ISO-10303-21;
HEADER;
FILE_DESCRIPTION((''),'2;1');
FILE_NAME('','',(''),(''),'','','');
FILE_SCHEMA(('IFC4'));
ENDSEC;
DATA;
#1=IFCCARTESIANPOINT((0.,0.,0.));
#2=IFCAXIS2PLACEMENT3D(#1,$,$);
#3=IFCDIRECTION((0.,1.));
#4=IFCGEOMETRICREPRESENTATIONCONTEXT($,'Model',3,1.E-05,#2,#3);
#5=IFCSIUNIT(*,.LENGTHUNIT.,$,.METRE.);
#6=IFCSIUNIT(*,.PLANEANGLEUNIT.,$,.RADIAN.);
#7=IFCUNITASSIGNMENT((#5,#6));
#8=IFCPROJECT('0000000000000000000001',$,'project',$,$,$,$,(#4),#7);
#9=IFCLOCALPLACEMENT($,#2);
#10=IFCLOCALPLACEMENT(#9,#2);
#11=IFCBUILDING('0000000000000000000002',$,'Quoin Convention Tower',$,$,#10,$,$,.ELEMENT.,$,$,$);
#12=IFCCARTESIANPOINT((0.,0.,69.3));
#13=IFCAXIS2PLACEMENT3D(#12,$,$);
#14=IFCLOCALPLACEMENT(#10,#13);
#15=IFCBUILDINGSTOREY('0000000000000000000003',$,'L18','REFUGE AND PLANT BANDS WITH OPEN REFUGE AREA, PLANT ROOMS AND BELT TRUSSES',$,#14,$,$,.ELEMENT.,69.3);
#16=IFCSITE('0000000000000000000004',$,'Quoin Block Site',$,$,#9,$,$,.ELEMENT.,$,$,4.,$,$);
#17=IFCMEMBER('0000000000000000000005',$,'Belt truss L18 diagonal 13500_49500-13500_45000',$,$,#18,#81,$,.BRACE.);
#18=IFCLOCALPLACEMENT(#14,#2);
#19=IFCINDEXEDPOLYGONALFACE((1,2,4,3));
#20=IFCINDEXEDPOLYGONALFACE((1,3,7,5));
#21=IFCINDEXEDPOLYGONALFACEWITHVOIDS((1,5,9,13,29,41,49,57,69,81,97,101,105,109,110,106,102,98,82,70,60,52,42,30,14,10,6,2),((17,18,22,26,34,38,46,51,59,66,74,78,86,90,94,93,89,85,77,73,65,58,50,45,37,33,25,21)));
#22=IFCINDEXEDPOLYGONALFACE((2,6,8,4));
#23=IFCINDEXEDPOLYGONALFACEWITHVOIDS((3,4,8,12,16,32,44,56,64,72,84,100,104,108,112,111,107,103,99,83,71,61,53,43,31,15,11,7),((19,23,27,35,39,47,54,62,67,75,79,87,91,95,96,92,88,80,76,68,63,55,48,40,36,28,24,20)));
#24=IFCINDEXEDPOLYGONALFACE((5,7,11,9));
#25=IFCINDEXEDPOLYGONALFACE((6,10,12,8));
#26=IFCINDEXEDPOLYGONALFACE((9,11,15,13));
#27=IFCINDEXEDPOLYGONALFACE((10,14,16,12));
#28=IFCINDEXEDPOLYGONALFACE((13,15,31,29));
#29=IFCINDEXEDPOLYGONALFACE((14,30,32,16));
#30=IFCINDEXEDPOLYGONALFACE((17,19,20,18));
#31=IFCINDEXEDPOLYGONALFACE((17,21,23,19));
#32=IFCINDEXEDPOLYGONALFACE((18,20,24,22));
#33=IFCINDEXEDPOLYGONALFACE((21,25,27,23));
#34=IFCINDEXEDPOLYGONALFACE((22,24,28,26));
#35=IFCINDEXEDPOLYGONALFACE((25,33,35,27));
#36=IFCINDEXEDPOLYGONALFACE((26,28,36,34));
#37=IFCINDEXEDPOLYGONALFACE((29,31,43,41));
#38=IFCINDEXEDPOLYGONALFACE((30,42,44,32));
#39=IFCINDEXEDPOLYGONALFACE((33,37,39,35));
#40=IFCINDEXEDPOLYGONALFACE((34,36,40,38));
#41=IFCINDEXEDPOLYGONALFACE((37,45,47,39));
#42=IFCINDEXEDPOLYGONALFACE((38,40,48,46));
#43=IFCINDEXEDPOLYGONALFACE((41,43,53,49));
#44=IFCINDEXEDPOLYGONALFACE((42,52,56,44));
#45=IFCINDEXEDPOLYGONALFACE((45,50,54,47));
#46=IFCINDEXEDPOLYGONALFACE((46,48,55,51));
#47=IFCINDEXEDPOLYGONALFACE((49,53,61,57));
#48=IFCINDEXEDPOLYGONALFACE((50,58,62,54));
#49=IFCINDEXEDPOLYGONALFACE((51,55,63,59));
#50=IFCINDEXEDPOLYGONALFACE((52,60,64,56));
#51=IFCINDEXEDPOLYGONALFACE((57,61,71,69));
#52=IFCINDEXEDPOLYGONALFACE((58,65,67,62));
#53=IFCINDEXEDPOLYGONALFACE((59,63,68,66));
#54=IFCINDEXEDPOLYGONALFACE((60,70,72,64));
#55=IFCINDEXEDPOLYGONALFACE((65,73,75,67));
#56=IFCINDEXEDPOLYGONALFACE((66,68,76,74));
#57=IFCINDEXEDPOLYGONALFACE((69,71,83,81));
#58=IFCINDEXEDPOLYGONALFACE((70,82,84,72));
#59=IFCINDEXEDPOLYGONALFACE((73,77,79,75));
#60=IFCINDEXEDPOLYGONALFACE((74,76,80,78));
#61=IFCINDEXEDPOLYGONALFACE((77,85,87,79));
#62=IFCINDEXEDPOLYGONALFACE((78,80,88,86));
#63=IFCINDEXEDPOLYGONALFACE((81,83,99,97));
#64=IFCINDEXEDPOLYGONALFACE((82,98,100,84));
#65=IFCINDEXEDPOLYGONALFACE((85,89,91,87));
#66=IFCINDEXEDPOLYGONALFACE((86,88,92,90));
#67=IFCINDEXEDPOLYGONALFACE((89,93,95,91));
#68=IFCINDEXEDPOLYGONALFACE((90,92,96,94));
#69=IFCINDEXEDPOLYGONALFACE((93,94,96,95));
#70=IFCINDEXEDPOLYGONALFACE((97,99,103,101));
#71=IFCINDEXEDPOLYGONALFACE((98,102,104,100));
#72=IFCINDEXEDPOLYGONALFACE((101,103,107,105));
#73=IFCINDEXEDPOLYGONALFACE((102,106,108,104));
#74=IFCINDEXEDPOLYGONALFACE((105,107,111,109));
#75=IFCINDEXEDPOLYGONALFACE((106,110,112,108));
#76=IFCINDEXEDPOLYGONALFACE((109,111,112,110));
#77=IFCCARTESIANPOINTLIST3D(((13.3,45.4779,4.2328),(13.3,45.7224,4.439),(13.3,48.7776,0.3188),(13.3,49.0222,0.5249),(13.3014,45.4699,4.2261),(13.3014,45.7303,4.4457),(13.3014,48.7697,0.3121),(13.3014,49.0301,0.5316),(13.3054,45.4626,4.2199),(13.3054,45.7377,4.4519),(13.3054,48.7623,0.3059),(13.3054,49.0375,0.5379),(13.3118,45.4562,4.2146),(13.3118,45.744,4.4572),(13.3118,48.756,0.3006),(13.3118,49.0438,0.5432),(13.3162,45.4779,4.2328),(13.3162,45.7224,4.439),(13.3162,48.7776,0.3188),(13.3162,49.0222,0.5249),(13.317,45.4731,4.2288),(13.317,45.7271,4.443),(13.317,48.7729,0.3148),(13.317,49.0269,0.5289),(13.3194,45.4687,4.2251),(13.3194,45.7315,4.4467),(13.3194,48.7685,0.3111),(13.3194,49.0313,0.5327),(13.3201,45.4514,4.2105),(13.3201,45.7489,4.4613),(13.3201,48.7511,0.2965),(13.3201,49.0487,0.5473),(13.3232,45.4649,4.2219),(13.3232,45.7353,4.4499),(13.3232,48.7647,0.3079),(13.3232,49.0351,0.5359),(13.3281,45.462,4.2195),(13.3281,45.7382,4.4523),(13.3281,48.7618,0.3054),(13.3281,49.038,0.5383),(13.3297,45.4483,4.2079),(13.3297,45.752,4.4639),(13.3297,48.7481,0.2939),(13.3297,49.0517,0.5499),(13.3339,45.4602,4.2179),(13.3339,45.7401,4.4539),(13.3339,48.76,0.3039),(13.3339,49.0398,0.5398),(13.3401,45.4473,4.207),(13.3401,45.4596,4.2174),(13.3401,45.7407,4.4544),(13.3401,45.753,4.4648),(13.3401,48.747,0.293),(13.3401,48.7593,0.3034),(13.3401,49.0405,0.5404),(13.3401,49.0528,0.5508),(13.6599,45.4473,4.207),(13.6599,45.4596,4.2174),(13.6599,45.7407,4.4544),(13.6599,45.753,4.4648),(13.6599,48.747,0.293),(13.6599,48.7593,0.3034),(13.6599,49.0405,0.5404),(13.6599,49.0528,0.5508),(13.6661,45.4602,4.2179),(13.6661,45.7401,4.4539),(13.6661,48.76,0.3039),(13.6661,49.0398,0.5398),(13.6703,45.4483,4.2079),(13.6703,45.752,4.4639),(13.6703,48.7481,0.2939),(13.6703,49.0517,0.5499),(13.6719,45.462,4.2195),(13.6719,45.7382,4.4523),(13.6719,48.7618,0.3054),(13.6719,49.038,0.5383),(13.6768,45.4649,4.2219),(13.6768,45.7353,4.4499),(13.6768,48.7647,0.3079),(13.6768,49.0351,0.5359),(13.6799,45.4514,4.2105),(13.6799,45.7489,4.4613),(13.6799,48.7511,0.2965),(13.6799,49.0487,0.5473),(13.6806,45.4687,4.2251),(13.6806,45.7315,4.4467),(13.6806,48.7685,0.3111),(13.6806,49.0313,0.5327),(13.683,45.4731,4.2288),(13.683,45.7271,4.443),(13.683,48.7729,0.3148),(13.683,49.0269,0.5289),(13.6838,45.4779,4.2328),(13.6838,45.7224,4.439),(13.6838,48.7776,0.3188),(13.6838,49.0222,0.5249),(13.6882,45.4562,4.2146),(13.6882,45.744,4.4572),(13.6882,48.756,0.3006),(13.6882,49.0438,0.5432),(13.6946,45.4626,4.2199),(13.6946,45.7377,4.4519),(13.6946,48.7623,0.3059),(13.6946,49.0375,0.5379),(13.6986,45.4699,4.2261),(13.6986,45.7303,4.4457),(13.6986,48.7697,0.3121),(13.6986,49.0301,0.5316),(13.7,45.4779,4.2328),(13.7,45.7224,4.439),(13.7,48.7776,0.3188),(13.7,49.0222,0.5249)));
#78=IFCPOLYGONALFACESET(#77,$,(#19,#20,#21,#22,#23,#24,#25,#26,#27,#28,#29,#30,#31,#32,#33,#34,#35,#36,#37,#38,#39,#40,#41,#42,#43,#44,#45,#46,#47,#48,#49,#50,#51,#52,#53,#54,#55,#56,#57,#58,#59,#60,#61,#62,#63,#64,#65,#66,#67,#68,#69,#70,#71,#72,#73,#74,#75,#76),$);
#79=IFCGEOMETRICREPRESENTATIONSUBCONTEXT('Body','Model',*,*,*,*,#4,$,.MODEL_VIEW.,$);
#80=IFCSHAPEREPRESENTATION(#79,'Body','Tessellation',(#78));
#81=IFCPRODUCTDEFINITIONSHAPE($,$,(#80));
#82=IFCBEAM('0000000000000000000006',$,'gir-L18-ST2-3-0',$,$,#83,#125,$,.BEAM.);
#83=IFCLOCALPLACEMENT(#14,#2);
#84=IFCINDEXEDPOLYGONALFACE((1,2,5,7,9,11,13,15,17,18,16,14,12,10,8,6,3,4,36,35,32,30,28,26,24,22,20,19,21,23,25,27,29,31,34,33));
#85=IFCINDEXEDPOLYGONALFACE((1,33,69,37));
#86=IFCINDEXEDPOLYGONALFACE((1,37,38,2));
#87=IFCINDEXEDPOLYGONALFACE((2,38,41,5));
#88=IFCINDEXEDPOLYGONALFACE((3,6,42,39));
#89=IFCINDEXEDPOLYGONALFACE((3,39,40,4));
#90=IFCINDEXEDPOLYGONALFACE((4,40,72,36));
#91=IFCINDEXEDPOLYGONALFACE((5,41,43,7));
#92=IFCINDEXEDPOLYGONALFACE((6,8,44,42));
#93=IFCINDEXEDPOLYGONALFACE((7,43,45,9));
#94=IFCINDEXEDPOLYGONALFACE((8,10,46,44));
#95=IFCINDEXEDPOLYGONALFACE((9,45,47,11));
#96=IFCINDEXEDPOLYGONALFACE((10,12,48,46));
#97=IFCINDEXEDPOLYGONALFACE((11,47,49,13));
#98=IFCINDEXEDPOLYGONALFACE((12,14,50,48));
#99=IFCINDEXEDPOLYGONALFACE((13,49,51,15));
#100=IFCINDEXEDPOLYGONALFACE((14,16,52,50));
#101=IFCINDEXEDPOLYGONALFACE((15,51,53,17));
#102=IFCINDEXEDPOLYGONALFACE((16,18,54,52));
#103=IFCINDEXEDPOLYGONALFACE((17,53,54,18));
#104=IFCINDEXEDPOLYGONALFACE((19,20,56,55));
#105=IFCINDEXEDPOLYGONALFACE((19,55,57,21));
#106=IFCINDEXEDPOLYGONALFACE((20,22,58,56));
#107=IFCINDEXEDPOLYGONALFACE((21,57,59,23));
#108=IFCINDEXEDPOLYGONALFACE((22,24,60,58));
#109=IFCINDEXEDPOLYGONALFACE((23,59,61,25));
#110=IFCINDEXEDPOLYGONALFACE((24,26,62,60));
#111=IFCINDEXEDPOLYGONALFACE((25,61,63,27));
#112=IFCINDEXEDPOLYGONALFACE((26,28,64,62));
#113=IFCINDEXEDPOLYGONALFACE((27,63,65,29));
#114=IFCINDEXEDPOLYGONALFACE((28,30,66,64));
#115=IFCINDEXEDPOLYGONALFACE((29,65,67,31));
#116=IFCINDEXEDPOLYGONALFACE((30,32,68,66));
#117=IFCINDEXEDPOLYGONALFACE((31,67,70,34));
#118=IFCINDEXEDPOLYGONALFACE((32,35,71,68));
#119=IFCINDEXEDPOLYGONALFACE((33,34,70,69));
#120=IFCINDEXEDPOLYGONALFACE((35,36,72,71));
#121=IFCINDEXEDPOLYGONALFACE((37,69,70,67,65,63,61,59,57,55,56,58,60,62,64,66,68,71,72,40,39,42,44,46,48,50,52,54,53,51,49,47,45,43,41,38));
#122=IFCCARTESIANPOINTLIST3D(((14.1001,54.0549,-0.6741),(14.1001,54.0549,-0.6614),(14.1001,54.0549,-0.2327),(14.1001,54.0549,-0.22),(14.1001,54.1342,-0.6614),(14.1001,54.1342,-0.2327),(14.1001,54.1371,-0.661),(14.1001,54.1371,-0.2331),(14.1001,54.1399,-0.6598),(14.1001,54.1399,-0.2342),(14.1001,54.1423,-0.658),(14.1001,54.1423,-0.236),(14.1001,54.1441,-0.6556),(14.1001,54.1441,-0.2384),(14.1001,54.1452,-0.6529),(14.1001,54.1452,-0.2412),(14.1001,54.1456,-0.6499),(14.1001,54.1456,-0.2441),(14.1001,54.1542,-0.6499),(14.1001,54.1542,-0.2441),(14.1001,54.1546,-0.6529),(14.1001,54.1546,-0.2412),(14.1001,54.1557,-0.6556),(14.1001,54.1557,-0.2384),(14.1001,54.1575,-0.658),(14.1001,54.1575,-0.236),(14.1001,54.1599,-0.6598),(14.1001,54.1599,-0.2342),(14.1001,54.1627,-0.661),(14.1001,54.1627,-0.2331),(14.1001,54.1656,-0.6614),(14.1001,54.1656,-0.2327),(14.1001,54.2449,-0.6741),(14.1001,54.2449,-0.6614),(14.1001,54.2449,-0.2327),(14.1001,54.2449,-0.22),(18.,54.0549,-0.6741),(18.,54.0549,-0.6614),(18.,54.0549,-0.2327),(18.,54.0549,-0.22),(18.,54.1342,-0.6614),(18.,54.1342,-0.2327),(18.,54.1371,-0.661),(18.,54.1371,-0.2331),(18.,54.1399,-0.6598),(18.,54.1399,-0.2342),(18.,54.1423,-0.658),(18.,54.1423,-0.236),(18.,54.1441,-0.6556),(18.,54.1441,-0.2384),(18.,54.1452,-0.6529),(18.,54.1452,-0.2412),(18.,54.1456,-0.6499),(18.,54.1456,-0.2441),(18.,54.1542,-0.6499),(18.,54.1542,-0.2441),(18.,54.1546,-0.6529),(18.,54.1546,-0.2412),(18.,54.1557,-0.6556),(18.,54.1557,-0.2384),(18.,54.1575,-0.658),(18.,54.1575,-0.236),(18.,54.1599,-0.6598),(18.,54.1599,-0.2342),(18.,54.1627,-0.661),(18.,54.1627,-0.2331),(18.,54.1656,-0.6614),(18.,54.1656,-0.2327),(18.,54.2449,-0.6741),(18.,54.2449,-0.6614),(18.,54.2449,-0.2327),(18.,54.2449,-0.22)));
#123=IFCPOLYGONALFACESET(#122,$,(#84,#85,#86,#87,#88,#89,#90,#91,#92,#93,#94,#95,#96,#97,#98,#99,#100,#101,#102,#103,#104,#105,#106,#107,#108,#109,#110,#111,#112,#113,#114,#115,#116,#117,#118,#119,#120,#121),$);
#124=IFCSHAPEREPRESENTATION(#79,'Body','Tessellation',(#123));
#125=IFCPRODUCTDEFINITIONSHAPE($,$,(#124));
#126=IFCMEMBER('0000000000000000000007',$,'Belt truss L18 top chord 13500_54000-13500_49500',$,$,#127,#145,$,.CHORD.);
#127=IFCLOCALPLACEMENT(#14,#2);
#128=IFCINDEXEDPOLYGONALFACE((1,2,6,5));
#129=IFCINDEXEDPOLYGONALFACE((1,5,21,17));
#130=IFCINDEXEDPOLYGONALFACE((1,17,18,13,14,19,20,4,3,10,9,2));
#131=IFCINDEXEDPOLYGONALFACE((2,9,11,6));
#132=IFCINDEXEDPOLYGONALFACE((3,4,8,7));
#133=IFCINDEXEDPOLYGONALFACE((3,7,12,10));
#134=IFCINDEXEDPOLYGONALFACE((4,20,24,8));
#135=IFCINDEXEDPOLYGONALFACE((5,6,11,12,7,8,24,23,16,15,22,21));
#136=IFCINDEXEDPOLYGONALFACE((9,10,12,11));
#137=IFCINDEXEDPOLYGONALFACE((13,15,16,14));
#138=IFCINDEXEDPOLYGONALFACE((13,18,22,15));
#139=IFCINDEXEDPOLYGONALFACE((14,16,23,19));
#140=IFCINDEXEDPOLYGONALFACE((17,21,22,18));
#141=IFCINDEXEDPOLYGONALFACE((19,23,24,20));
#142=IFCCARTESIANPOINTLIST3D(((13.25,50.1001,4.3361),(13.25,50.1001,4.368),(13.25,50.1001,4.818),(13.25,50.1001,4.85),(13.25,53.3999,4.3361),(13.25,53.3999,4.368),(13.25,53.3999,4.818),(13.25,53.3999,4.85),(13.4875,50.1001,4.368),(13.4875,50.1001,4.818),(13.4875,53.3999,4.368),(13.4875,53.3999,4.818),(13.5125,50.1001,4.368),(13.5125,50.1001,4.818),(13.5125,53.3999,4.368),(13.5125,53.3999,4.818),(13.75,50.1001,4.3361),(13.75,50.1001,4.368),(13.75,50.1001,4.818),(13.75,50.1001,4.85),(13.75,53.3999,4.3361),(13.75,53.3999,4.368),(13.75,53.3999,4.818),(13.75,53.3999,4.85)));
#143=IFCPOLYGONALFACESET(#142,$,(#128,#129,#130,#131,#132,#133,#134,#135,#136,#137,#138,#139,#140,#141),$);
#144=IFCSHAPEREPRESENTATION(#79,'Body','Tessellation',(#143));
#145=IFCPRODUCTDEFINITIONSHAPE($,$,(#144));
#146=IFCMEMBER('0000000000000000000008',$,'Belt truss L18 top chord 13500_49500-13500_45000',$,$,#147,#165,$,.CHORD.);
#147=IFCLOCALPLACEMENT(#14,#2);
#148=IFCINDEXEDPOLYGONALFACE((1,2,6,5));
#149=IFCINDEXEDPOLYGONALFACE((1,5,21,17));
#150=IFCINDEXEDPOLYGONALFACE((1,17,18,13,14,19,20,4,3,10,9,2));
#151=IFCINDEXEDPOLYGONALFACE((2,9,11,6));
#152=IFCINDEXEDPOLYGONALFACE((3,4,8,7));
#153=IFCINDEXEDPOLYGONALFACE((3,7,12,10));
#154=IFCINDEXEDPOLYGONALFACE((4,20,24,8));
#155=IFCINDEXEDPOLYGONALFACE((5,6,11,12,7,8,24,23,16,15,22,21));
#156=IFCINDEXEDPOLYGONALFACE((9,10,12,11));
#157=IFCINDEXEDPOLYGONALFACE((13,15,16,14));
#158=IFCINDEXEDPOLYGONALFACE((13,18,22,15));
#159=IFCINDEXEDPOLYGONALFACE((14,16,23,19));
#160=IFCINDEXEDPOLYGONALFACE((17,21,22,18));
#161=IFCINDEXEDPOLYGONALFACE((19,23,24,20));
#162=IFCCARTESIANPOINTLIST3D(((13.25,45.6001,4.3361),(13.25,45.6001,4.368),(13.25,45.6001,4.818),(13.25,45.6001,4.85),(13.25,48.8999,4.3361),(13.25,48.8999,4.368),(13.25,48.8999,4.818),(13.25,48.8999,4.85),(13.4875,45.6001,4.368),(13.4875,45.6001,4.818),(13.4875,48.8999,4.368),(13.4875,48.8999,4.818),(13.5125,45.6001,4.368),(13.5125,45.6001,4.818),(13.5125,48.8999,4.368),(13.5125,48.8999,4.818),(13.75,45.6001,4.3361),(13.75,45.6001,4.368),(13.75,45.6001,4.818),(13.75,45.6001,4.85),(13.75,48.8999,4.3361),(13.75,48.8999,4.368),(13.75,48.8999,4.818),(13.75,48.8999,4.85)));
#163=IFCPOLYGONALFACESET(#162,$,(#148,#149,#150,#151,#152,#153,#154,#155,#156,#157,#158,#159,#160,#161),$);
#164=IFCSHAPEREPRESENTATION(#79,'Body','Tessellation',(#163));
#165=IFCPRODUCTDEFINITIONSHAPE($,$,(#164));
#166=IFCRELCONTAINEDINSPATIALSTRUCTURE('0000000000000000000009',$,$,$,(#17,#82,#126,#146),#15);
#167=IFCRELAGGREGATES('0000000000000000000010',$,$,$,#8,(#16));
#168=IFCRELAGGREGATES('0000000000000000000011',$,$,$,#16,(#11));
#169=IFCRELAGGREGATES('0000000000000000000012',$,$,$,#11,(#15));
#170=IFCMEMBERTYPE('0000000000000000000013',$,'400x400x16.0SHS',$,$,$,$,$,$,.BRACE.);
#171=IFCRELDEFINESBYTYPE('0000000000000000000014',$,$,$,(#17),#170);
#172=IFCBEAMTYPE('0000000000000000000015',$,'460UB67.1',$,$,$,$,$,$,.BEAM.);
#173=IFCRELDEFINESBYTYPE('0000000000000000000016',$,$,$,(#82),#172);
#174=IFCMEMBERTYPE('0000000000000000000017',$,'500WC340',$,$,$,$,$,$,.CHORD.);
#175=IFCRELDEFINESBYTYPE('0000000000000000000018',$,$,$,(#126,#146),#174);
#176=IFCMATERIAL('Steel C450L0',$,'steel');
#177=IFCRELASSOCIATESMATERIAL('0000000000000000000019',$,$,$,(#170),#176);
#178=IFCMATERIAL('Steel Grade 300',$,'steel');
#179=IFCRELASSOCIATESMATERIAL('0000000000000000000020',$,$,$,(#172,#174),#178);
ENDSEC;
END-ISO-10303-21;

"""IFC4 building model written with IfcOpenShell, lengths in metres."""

from ifc_helpers import new_model, si_unit, direction, frame, origin, origin_2d, place, context, subcontext, project, spatial, hollow_rectangle, i_section, extrude, material, material_profile, profile_set, type_object, element, save


model = new_model("IFC4")

# Units and contexts
model_context = context("Model", 3, precision=1e-05, world=origin(), true_north=direction((0.0, 1.0)))
body_context = subcontext(model_context, "Body", "Model", "MODEL_VIEW")
ifc_project = project(units=[si_unit("LENGTHUNIT", "METRE"), si_unit("PLANEANGLEUNIT", "RADIAN")], contexts=[model_context])

# Site, building, storey
site_placement = place(None, origin())
site = spatial("IfcSite", under=ifc_project, at=site_placement, Name="Quoin Block Site", CompositionType="ELEMENT", RefElevation=4.0)
building_placement = place(site_placement, origin())
building = spatial("IfcBuilding", under=site, at=building_placement, Name="Quoin Convention Tower", CompositionType="ELEMENT")
storey_placement = place(building_placement, frame((0.0, 0.0, 69.3)))
storey = spatial("IfcBuildingStorey", under=building, at=storey_placement, Name="L18", Description="REFUGE AND PLANT BANDS WITH OPEN REFUGE AREA, PLANT ROOMS AND BELT TRUSSES", CompositionType="ELEMENT", Elevation=69.3)

# Member
ifc_material_1 = material(Name="Steel Grade 300", Category="steel")
ifc_material_2 = material(Name="Steel C450L0", Category="steel")
ifc_material_profile_1 = material_profile(ifc_material_2, hollow_rectangle(XDim=0.3999, YDim=0.3999, WallThickness=0.0161, InnerFilletRadius=0.0239, OuterFilletRadius=0.04, at=origin_2d()), Name="400x400x16.0SHS")
ifc_profile_set_1 = profile_set([ifc_material_profile_1], Name="Steel C450L0")
member_type_1 = type_object("IfcMemberType", Name="400x400x16.0SHS", PredefinedType="BRACE", material=ifc_profile_set_1)
for number, where, z_axis, x_axis, name in (
    (1, (13.5, 48.8999, 0.4219), (0.0, -0.644564, 0.76455), (1.0, 0.0, 0.0), "Belt truss L18 diagonal 13500_49500-13500_45000"),
):
    element("IfcMember", number, at=place(storey_placement, frame(where, z_axis=z_axis, x_axis=x_axis)), inside=storey, type_object=member_type_1, Name=name, PredefinedType="BRACE", context=body_context, shape_type="SweptSolid", body=[
        extrude(hollow_rectangle(XDim=0.3999, YDim=0.3999, WallThickness=0.0161, InnerFilletRadius=0.0239, OuterFilletRadius=0.04, at=origin_2d()), origin(), (0.0, 0.0, 1.0), 5.1194),
    ])

# Beam
ifc_material_profile_2 = material_profile(ifc_material_1, i_section(OverallWidth=0.1899, OverallDepth=0.4541, WebThickness=0.0085, FlangeThickness=0.0127, FilletRadius=0.0115, at=origin_2d()), Name="460UB67.1")
ifc_profile_set_2 = profile_set([ifc_material_profile_2], Name="Steel Grade 300")
beam_type_1 = type_object("IfcBeamType", Name="460UB67.1", PredefinedType="BEAM", material=ifc_profile_set_2)
beam_1_placement = place(storey_placement, frame((14.1001, 54.1499, -0.447), z_axis=(1.0, 0.0, 0.0), x_axis=(0.0, 1.0, 0.0)))
element("IfcBeam", 2, at=beam_1_placement, inside=storey, type_object=beam_type_1, Name="gir-L18-ST2-3-0", PredefinedType="BEAM", context=body_context, shape_type="SweptSolid", body=[
    extrude(i_section(OverallWidth=0.1899, OverallDepth=0.4541, WebThickness=0.0085, FlangeThickness=0.0127, FilletRadius=0.0115, at=origin_2d()), origin(), (0.0, 0.0, 1.0), 3.8999),
])

# Members
ifc_material_profile_3 = material_profile(ifc_material_1, i_section(OverallWidth=0.5, OverallDepth=0.5139, WebThickness=0.0249, FlangeThickness=0.032, at=origin_2d()), Name="500WC340")
ifc_profile_set_3 = profile_set([ifc_material_profile_3], Name="Steel Grade 300")
member_type_2 = type_object("IfcMemberType", Name="500WC340", PredefinedType="CHORD", material=ifc_profile_set_3)
for number, where, z_axis, x_axis, name in (
    (3, (13.5, 53.3999, 4.593), (0.0, -1.0, 0.0), (1.0, 0.0, 0.0), "Belt truss L18 top chord 13500_54000-13500_49500"),
    (4, (13.5, 48.8999, 4.593), (0.0, -1.0, 0.0), (1.0, 0.0, 0.0), "Belt truss L18 top chord 13500_49500-13500_45000"),
):
    element("IfcMember", number, at=place(storey_placement, frame(where, z_axis=z_axis, x_axis=x_axis)), inside=storey, type_object=member_type_2, Name=name, PredefinedType="CHORD", context=body_context, shape_type="SweptSolid", body=[
        extrude(i_section(OverallWidth=0.5, OverallDepth=0.5139, WebThickness=0.0249, FlangeThickness=0.032, at=origin_2d()), origin(), (0.0, 0.0, 1.0), 3.2998),
    ])

save(model, "model.ifc")
